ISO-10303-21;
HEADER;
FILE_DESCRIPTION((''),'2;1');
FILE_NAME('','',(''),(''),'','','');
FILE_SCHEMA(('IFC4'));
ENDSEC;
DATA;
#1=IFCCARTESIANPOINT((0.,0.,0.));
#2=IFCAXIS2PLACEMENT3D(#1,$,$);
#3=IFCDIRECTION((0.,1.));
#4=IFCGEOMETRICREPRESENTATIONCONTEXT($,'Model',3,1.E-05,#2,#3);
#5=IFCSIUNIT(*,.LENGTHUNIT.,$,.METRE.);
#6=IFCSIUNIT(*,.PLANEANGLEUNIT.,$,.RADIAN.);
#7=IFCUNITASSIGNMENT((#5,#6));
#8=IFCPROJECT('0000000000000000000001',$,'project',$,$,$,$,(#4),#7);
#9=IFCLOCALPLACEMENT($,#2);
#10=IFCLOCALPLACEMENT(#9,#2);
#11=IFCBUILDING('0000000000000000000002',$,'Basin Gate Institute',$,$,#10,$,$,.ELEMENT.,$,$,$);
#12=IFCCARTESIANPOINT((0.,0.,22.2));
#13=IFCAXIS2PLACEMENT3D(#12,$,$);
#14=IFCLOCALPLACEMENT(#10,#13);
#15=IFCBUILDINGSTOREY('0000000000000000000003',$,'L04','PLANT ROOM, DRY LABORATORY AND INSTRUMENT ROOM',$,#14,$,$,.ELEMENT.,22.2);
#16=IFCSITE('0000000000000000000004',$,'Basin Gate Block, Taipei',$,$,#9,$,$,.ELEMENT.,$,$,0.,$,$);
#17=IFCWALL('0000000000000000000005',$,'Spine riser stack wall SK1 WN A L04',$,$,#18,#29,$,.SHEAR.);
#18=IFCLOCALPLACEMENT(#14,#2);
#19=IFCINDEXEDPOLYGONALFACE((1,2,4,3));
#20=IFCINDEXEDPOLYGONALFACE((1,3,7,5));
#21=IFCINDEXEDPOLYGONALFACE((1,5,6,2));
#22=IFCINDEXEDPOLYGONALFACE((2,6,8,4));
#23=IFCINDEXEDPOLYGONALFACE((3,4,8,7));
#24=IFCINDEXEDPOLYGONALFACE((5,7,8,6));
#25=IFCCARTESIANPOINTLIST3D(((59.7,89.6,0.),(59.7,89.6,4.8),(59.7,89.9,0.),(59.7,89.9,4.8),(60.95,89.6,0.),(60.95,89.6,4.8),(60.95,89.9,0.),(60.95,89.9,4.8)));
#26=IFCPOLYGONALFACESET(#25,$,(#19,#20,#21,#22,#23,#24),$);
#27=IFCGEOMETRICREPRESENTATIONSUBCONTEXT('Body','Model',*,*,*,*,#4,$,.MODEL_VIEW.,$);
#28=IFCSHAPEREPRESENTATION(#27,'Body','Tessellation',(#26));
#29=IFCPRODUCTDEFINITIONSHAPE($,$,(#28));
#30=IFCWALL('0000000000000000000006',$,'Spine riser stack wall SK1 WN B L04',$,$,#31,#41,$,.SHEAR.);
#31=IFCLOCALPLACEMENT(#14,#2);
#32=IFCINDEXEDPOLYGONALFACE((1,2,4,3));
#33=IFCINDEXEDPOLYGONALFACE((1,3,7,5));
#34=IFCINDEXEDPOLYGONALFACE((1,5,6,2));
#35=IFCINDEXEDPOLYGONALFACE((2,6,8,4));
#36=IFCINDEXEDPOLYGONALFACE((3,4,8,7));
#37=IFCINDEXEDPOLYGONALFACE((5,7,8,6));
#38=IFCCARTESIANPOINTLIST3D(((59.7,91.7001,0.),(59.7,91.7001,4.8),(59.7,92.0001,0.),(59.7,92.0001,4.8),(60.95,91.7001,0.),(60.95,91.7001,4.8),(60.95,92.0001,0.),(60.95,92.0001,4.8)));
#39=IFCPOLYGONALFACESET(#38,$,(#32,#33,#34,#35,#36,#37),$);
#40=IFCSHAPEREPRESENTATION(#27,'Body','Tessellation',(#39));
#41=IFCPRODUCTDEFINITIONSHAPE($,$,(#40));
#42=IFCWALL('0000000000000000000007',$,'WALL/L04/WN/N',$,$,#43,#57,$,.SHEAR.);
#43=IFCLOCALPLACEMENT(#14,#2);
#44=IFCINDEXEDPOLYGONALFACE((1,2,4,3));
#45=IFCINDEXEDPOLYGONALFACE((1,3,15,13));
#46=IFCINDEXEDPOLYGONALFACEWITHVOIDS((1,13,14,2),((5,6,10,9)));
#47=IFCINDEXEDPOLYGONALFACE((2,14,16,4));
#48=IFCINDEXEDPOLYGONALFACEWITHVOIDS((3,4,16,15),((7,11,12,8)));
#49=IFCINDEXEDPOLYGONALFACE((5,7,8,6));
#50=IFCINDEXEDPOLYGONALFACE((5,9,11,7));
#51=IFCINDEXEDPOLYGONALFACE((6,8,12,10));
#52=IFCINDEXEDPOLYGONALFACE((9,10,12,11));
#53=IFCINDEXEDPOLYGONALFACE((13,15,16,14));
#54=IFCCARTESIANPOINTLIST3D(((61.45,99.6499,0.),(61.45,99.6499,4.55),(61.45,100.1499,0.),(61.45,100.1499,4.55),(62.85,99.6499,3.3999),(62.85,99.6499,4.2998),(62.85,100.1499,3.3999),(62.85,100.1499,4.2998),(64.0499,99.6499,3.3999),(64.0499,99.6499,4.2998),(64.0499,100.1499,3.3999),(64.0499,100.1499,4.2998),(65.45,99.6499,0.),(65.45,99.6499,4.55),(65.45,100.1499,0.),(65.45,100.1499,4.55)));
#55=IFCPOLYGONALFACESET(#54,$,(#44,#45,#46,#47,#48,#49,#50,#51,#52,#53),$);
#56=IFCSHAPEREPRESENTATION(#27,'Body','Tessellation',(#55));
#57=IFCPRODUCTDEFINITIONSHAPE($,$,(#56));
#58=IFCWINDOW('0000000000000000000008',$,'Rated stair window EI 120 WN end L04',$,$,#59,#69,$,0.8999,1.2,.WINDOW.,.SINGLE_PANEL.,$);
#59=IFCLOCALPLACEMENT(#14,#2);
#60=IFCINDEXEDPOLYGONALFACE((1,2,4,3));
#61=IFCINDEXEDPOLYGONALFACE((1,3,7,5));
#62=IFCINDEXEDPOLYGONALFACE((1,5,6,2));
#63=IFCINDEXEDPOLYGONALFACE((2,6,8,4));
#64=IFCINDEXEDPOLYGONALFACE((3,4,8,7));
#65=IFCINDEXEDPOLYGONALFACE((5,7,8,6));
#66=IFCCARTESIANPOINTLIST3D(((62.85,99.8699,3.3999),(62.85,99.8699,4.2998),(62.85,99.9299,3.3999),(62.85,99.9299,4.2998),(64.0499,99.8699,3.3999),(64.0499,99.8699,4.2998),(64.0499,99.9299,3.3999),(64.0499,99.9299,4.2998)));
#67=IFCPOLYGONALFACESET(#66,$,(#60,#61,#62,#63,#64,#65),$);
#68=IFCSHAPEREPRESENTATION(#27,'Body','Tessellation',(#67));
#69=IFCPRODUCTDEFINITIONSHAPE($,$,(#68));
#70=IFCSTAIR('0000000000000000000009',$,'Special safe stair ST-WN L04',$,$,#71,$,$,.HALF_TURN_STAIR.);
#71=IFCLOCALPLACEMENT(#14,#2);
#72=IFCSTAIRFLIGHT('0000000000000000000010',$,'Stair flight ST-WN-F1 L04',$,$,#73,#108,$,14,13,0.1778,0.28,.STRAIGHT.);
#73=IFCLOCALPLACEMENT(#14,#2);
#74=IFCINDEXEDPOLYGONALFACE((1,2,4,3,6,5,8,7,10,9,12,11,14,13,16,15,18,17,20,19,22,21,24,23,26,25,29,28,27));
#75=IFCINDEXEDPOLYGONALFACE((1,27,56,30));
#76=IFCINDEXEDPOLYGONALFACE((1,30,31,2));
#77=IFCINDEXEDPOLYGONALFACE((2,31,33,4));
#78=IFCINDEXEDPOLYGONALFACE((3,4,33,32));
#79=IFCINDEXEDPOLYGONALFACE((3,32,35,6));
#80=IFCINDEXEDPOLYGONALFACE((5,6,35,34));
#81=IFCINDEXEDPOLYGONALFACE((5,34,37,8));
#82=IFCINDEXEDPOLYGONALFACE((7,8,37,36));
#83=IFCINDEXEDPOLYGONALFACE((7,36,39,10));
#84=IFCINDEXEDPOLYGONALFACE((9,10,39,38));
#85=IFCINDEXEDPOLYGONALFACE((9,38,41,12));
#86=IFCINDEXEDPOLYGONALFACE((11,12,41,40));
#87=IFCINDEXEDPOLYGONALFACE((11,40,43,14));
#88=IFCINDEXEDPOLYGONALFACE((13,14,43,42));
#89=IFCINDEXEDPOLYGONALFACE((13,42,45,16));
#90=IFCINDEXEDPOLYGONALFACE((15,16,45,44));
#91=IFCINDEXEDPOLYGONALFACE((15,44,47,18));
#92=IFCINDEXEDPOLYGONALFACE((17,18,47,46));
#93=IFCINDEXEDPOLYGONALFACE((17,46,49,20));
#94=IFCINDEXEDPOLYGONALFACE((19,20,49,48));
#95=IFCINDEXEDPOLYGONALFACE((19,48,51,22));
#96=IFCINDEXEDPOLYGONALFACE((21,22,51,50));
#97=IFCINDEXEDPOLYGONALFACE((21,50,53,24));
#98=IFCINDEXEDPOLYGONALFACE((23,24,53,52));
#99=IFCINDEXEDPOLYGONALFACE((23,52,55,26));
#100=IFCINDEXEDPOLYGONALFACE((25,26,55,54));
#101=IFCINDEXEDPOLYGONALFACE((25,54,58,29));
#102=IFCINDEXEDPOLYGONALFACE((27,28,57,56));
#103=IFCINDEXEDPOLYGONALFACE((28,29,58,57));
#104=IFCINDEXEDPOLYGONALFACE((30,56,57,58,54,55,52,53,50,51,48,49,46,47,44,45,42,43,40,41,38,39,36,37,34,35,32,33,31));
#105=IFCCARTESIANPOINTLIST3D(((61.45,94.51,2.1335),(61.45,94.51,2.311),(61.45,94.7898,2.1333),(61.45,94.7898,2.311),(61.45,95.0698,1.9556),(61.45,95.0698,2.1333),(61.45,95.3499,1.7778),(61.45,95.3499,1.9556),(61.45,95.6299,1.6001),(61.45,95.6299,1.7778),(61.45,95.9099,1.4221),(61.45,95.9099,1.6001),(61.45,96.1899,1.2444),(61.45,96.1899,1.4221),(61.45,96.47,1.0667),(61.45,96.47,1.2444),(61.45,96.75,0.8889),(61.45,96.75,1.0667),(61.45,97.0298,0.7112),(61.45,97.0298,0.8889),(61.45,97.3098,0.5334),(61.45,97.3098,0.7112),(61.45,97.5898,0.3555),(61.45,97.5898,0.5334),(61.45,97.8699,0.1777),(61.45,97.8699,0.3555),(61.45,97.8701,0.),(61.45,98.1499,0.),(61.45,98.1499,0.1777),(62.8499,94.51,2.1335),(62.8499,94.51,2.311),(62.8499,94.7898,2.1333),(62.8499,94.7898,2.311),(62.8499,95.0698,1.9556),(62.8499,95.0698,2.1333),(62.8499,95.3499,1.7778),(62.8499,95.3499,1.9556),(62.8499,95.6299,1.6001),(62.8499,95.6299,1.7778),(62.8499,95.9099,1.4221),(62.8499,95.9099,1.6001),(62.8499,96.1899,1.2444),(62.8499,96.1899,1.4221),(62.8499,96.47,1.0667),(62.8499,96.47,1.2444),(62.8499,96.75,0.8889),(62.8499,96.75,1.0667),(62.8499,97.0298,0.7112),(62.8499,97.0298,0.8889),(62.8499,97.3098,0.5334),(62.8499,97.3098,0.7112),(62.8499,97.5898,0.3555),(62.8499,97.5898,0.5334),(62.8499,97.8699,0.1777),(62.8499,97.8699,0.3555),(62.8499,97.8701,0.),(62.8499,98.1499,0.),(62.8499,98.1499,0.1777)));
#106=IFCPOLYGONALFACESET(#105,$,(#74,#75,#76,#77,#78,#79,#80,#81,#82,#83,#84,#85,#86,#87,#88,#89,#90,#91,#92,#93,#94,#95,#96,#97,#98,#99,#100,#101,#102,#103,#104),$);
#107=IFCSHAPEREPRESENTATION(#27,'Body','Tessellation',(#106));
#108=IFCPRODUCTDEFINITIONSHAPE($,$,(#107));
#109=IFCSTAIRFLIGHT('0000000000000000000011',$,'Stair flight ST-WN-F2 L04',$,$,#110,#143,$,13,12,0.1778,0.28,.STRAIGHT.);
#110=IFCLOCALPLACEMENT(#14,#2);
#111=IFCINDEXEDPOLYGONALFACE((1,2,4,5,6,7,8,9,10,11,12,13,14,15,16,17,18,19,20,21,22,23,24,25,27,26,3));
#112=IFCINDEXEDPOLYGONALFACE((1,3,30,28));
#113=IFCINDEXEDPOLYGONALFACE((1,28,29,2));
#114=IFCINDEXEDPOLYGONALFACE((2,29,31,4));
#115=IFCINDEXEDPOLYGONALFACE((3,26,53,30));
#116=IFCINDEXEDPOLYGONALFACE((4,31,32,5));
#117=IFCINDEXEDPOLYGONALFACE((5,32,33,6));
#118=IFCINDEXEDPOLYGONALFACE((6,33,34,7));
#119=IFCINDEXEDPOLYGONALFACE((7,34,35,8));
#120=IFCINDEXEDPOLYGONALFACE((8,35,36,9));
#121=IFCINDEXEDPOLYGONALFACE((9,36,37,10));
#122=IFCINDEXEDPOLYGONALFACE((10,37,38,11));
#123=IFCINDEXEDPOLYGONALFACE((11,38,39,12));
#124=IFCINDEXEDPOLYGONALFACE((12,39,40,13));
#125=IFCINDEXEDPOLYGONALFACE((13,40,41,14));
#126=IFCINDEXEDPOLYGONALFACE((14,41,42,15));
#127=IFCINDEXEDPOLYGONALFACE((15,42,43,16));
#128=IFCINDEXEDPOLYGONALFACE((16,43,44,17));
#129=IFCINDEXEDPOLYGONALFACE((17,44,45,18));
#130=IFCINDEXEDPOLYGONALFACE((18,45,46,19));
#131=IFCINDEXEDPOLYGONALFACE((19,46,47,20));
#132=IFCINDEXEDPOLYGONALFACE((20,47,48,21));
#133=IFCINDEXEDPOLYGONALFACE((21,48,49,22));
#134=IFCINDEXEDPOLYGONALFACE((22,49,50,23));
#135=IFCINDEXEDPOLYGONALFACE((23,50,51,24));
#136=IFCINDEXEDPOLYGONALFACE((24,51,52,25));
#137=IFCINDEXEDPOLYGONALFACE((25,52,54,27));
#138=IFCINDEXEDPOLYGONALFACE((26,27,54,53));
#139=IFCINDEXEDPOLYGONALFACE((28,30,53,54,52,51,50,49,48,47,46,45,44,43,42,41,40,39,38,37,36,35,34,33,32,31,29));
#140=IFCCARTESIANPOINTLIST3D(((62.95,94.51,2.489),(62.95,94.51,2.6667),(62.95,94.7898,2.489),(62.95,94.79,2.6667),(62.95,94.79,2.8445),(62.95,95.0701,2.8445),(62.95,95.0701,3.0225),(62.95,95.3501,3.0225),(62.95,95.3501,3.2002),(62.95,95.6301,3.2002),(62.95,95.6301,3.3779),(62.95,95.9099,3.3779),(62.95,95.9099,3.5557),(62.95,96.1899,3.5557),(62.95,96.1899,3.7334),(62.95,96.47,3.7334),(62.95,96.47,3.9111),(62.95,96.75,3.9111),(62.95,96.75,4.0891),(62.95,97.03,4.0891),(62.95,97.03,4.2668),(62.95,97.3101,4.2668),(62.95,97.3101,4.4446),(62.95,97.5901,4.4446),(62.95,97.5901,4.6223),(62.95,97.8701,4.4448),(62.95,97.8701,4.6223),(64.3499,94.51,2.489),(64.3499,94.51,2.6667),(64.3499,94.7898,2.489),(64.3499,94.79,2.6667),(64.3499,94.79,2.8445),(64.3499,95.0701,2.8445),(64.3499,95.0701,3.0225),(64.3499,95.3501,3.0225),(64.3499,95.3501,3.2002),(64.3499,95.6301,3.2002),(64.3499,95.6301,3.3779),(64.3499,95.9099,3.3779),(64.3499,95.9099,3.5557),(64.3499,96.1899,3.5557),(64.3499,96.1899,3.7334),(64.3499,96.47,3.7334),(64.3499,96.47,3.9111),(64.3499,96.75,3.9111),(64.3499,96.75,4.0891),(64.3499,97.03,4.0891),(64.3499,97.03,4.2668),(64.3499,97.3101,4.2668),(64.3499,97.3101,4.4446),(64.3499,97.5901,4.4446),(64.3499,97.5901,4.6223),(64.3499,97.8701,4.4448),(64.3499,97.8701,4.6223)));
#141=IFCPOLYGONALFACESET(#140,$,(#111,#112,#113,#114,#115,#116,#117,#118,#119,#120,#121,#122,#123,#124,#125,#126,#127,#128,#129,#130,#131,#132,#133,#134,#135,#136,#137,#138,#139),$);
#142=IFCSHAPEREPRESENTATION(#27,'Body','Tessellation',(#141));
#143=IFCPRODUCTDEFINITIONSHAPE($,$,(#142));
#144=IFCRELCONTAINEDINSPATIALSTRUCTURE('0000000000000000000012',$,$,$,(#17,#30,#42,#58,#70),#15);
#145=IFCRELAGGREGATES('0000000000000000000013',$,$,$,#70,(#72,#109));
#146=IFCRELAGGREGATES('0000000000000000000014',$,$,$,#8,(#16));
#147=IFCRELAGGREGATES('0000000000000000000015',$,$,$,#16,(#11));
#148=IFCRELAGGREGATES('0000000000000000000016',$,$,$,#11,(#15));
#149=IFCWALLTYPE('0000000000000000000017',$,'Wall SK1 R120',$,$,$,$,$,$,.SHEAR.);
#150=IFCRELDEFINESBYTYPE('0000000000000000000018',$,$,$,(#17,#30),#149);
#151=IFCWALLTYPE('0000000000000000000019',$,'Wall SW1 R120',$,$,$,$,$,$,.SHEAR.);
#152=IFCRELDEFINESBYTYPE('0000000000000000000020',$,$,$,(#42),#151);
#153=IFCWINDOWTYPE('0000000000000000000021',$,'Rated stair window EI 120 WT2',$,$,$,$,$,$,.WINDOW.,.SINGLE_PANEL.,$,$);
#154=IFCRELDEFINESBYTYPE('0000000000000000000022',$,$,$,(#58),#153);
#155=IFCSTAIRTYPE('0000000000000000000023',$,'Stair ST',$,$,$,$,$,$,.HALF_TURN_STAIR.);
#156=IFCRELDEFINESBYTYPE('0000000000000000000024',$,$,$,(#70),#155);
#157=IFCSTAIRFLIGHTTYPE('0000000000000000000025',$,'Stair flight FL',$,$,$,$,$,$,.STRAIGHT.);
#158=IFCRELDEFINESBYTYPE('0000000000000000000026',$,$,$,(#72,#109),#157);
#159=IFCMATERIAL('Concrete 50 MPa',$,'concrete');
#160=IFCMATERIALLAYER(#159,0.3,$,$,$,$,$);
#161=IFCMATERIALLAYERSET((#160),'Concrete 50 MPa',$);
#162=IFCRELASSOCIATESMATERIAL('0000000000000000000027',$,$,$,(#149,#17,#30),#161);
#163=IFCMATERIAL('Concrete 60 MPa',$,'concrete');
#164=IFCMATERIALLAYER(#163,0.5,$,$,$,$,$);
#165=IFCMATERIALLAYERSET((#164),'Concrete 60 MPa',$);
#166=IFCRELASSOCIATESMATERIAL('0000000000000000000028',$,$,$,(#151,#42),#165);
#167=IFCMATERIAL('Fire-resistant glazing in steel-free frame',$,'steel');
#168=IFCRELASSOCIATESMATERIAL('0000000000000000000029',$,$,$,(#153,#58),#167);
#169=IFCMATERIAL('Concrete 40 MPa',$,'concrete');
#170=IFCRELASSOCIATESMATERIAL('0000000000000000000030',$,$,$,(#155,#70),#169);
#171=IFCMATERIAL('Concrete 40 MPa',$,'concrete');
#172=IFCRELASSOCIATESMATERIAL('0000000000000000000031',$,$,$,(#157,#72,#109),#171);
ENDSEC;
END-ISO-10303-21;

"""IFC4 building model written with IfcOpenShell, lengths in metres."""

from ifc_helpers import new_model, si_unit, direction, frame, frame_2d, origin, place, context, subcontext, project, spatial, polyline, rectangle, outline, extrude, material, layer, layer_set, type_object, element, fill, aggregate, save


model = new_model("IFC4")

# Units and contexts
model_context = context("Model", 3, precision=1e-05, world=origin(), true_north=direction((0.0, 1.0)))
body_context = subcontext(model_context, "Body", "Model", "MODEL_VIEW")
ifc_project = project(units=[si_unit("LENGTHUNIT", "METRE"), si_unit("PLANEANGLEUNIT", "RADIAN")], contexts=[model_context])

# Site, building, storey
site_placement = place(None, origin())
site = spatial("IfcSite", under=ifc_project, at=site_placement, Name="Basin Gate Block, Taipei", CompositionType="ELEMENT", RefElevation=0.0)
building_placement = place(site_placement, origin())
building = spatial("IfcBuilding", under=site, at=building_placement, Name="Basin Gate Institute", CompositionType="ELEMENT")
storey_placement = place(building_placement, frame((0.0, 0.0, 22.2)))
storey = spatial("IfcBuildingStorey", under=building, at=storey_placement, Name="L04", Description="PLANT ROOM, DRY LABORATORY AND INSTRUMENT ROOM", CompositionType="ELEMENT", Elevation=22.2)

# Walls
ifc_material_1 = material(Name="Concrete 50 MPa", Category="concrete")
ifc_layer_1 = layer(ifc_material_1, 0.3)
ifc_layer_set_1 = layer_set([ifc_layer_1], Name="Concrete 50 MPa")
wall_type_1 = type_object("IfcWallType", Name="Wall SK1 R120", PredefinedType="SHEAR", material=ifc_layer_set_1)
for number, where, z_axis, x_axis, name in (
    (1, (60.95, 89.75, 0.0), (0.0, 0.0, 1.0), (-1.0, 0.0, 0.0), "Spine riser stack wall SK1 WN A L04"),
    (2, (60.95, 91.8501, 0.0), (0.0, 0.0, 1.0), (-1.0, 0.0, 0.0), "Spine riser stack wall SK1 WN B L04"),
):
    element("IfcWall", number, at=place(storey_placement, frame(where, z_axis=z_axis, x_axis=x_axis)), inside=storey, type_object=wall_type_1, material=ifc_layer_set_1, Name=name, PredefinedType="SHEAR", context=body_context, shape_type="SweptSolid", body=[
        extrude(rectangle(XDim=1.25, YDim=0.3, at=frame_2d((0.625, 0.0))), origin(), (0.0, 0.0, 1.0), 4.8),
    ])

# Wall, opening, window
ifc_material_2 = material(Name="Concrete 60 MPa", Category="concrete")
ifc_layer_2 = layer(ifc_material_2, 0.5)
ifc_layer_set_2 = layer_set([ifc_layer_2], Name="Concrete 60 MPa")
wall_type_2 = type_object("IfcWallType", Name="Wall SW1 R120", PredefinedType="SHEAR", material=ifc_layer_set_2)
wall_1_placement = place(storey_placement, frame((61.45, 99.8999, 0.0), z_axis=(0.0, 0.0, 1.0), x_axis=(1.0, 0.0, 0.0)))
wall_1 = element("IfcWall", 3, at=wall_1_placement, inside=storey, type_object=wall_type_2, material=ifc_layer_set_2, Name="WALL/L04/WN/N", PredefinedType="SHEAR", context=body_context, shape_type="SweptSolid", body=[
    extrude(rectangle(XDim=4.0, YDim=0.5, at=frame_2d((2.0, 0.0))), origin(), (0.0, 0.0, 1.0), 4.55),
])
opening_1_placement = place(wall_1_placement, frame((1.3999, 0.0, 3.3999)))
opening_1 = element("IfcOpeningElement", 4, at=opening_1_placement, cuts=wall_1, PredefinedType="OPENING", context=body_context, shape_type="SweptSolid", body=[
    extrude(rectangle(XDim=1.2, YDim=0.8999, at=frame_2d((0.6001, 0.45))), frame((0.0, 0.26, 0.0), z_axis=(0.0, -1.0, 0.0), x_axis=(1.0, 0.0, 0.0)), (0.0, 0.0, 1.0), 0.52),
])
ifc_material_3 = material(Name="Fire-resistant glazing in steel-free frame", Category="steel")
window_type_1 = type_object("IfcWindowType", Name="Rated stair window EI 120 WT2", PartitioningType="SINGLE_PANEL", PredefinedType="WINDOW", material=ifc_material_3)
window_1_placement = place(opening_1_placement, origin())
window_1 = element("IfcWindow", 5, at=window_1_placement, inside=storey, type_object=window_type_1, material=ifc_material_3, Name="Rated stair window EI 120 WN end L04", OverallHeight=0.8999, OverallWidth=1.2, PartitioningType="SINGLE_PANEL", PredefinedType="WINDOW", context=body_context, shape_type="SweptSolid", body=[
    extrude(rectangle(XDim=1.2, YDim=0.8999, at=frame_2d((0.6001, 0.45))), frame((0.0, 0.03, 0.0), z_axis=(0.0, -1.0, 0.0), x_axis=(1.0, 0.0, 0.0)), (0.0, 0.0, 1.0), 0.0601),
])
fill(opening_1, window_1)

# Stair, stair flights
ifc_material_4 = material(Name="Concrete 40 MPa", Category="concrete")
stair_type = type_object("IfcStairType", Name="Stair ST", PredefinedType="HALF_TURN_STAIR", material=ifc_material_4)
stair_placement = place(storey_placement, origin())
stair = element("IfcStair", 6, at=stair_placement, inside=storey, type_object=stair_type, material=ifc_material_4, Name="Special safe stair ST-WN L04", PredefinedType="HALF_TURN_STAIR")
ifc_material_5 = material(Name="Concrete 40 MPa", Category="concrete")
stair_flight_type = type_object("IfcStairFlightType", Name="Stair flight FL", PredefinedType="STRAIGHT", material=ifc_material_5)
stair_flight_1_placement = place(storey_placement, frame((62.1499, 98.1499, 0.0), z_axis=(0.0, 0.0, 1.0), x_axis=(0.0, -1.0, 0.0)))
stair_flight_1 = element("IfcStairFlight", 7, at=stair_flight_1_placement, type_object=stair_flight_type, material=ifc_material_5, Name="Stair flight ST-WN-F1 L04", NumberOfRisers=14, NumberOfTreads=13, PredefinedType="STRAIGHT", RiserHeight=0.1778, TreadLength=0.28, context=body_context, shape_type="SweptSolid", body=[
    extrude(outline(polyline([(0.0, 0.0), (0.0, 0.1777), (0.28, 0.1777), (0.28, 0.3555), (0.5601, 0.3555), (0.5601, 0.5334), (0.8401, 0.5334), (0.8401, 0.7112), (1.1201, 0.7112), (1.1201, 0.8889), (1.3999, 0.8889), (1.3999, 1.0667), (1.6799, 1.0667), (1.6799, 1.2444), (1.96, 1.2444), (1.96, 1.4221), (2.24, 1.4221), (2.24, 1.6001), (2.52, 1.6001), (2.52, 1.7778), (2.8, 1.7778), (2.8, 1.9556), (3.0801, 1.9556), (3.0801, 2.1333), (3.3601, 2.1333), (3.3601, 2.311), (3.6399, 2.311), (3.6399, 2.4888), (3.6399, 2.1335), (0.2798, 0.0), (0.0, 0.0)])), frame((0.0, 0.7, 0.0), z_axis=(0.0, -1.0, 0.0), x_axis=(1.0, 0.0, 0.0)), (0.0, 0.0, 1.0), 1.3999),
])
stair_flight_2_placement = place(storey_placement, frame((63.6499, 94.51, 2.489), z_axis=(0.0, 0.0, 1.0), x_axis=(0.0, 1.0, 0.0)))
stair_flight_2 = element("IfcStairFlight", 8, at=stair_flight_2_placement, type_object=stair_flight_type, material=ifc_material_5, Name="Stair flight ST-WN-F2 L04", NumberOfRisers=13, NumberOfTreads=12, PredefinedType="STRAIGHT", RiserHeight=0.1778, TreadLength=0.28, context=body_context, shape_type="SweptSolid", body=[
    extrude(outline(polyline([(0.0, 0.0), (0.0, 0.1777), (0.28, 0.1777), (0.28, 0.3555), (0.5601, 0.3555), (0.5601, 0.5334), (0.8401, 0.5334), (0.8401, 0.7112), (1.1201, 0.7112), (1.1201, 0.8889), (1.3999, 0.8889), (1.3999, 1.0667), (1.6799, 1.0667), (1.6799, 1.2444), (1.96, 1.2444), (1.96, 1.4221), (2.24, 1.4221), (2.24, 1.6001), (2.52, 1.6001), (2.52, 1.7778), (2.8, 1.7778), (2.8, 1.9556), (3.0801, 1.9556), (3.0801, 2.1333), (3.3601, 2.1333), (3.3601, 2.311), (3.3601, 1.9558), (0.2798, 0.0), (0.0, 0.0)])), frame((0.0, 0.7, 0.0), z_axis=(0.0, -1.0, 0.0), x_axis=(1.0, 0.0, 0.0)), (0.0, 0.0, 1.0), 1.3999),
])
aggregate(stair, [stair_flight_1, stair_flight_2])

save(model, "model.ifc")
